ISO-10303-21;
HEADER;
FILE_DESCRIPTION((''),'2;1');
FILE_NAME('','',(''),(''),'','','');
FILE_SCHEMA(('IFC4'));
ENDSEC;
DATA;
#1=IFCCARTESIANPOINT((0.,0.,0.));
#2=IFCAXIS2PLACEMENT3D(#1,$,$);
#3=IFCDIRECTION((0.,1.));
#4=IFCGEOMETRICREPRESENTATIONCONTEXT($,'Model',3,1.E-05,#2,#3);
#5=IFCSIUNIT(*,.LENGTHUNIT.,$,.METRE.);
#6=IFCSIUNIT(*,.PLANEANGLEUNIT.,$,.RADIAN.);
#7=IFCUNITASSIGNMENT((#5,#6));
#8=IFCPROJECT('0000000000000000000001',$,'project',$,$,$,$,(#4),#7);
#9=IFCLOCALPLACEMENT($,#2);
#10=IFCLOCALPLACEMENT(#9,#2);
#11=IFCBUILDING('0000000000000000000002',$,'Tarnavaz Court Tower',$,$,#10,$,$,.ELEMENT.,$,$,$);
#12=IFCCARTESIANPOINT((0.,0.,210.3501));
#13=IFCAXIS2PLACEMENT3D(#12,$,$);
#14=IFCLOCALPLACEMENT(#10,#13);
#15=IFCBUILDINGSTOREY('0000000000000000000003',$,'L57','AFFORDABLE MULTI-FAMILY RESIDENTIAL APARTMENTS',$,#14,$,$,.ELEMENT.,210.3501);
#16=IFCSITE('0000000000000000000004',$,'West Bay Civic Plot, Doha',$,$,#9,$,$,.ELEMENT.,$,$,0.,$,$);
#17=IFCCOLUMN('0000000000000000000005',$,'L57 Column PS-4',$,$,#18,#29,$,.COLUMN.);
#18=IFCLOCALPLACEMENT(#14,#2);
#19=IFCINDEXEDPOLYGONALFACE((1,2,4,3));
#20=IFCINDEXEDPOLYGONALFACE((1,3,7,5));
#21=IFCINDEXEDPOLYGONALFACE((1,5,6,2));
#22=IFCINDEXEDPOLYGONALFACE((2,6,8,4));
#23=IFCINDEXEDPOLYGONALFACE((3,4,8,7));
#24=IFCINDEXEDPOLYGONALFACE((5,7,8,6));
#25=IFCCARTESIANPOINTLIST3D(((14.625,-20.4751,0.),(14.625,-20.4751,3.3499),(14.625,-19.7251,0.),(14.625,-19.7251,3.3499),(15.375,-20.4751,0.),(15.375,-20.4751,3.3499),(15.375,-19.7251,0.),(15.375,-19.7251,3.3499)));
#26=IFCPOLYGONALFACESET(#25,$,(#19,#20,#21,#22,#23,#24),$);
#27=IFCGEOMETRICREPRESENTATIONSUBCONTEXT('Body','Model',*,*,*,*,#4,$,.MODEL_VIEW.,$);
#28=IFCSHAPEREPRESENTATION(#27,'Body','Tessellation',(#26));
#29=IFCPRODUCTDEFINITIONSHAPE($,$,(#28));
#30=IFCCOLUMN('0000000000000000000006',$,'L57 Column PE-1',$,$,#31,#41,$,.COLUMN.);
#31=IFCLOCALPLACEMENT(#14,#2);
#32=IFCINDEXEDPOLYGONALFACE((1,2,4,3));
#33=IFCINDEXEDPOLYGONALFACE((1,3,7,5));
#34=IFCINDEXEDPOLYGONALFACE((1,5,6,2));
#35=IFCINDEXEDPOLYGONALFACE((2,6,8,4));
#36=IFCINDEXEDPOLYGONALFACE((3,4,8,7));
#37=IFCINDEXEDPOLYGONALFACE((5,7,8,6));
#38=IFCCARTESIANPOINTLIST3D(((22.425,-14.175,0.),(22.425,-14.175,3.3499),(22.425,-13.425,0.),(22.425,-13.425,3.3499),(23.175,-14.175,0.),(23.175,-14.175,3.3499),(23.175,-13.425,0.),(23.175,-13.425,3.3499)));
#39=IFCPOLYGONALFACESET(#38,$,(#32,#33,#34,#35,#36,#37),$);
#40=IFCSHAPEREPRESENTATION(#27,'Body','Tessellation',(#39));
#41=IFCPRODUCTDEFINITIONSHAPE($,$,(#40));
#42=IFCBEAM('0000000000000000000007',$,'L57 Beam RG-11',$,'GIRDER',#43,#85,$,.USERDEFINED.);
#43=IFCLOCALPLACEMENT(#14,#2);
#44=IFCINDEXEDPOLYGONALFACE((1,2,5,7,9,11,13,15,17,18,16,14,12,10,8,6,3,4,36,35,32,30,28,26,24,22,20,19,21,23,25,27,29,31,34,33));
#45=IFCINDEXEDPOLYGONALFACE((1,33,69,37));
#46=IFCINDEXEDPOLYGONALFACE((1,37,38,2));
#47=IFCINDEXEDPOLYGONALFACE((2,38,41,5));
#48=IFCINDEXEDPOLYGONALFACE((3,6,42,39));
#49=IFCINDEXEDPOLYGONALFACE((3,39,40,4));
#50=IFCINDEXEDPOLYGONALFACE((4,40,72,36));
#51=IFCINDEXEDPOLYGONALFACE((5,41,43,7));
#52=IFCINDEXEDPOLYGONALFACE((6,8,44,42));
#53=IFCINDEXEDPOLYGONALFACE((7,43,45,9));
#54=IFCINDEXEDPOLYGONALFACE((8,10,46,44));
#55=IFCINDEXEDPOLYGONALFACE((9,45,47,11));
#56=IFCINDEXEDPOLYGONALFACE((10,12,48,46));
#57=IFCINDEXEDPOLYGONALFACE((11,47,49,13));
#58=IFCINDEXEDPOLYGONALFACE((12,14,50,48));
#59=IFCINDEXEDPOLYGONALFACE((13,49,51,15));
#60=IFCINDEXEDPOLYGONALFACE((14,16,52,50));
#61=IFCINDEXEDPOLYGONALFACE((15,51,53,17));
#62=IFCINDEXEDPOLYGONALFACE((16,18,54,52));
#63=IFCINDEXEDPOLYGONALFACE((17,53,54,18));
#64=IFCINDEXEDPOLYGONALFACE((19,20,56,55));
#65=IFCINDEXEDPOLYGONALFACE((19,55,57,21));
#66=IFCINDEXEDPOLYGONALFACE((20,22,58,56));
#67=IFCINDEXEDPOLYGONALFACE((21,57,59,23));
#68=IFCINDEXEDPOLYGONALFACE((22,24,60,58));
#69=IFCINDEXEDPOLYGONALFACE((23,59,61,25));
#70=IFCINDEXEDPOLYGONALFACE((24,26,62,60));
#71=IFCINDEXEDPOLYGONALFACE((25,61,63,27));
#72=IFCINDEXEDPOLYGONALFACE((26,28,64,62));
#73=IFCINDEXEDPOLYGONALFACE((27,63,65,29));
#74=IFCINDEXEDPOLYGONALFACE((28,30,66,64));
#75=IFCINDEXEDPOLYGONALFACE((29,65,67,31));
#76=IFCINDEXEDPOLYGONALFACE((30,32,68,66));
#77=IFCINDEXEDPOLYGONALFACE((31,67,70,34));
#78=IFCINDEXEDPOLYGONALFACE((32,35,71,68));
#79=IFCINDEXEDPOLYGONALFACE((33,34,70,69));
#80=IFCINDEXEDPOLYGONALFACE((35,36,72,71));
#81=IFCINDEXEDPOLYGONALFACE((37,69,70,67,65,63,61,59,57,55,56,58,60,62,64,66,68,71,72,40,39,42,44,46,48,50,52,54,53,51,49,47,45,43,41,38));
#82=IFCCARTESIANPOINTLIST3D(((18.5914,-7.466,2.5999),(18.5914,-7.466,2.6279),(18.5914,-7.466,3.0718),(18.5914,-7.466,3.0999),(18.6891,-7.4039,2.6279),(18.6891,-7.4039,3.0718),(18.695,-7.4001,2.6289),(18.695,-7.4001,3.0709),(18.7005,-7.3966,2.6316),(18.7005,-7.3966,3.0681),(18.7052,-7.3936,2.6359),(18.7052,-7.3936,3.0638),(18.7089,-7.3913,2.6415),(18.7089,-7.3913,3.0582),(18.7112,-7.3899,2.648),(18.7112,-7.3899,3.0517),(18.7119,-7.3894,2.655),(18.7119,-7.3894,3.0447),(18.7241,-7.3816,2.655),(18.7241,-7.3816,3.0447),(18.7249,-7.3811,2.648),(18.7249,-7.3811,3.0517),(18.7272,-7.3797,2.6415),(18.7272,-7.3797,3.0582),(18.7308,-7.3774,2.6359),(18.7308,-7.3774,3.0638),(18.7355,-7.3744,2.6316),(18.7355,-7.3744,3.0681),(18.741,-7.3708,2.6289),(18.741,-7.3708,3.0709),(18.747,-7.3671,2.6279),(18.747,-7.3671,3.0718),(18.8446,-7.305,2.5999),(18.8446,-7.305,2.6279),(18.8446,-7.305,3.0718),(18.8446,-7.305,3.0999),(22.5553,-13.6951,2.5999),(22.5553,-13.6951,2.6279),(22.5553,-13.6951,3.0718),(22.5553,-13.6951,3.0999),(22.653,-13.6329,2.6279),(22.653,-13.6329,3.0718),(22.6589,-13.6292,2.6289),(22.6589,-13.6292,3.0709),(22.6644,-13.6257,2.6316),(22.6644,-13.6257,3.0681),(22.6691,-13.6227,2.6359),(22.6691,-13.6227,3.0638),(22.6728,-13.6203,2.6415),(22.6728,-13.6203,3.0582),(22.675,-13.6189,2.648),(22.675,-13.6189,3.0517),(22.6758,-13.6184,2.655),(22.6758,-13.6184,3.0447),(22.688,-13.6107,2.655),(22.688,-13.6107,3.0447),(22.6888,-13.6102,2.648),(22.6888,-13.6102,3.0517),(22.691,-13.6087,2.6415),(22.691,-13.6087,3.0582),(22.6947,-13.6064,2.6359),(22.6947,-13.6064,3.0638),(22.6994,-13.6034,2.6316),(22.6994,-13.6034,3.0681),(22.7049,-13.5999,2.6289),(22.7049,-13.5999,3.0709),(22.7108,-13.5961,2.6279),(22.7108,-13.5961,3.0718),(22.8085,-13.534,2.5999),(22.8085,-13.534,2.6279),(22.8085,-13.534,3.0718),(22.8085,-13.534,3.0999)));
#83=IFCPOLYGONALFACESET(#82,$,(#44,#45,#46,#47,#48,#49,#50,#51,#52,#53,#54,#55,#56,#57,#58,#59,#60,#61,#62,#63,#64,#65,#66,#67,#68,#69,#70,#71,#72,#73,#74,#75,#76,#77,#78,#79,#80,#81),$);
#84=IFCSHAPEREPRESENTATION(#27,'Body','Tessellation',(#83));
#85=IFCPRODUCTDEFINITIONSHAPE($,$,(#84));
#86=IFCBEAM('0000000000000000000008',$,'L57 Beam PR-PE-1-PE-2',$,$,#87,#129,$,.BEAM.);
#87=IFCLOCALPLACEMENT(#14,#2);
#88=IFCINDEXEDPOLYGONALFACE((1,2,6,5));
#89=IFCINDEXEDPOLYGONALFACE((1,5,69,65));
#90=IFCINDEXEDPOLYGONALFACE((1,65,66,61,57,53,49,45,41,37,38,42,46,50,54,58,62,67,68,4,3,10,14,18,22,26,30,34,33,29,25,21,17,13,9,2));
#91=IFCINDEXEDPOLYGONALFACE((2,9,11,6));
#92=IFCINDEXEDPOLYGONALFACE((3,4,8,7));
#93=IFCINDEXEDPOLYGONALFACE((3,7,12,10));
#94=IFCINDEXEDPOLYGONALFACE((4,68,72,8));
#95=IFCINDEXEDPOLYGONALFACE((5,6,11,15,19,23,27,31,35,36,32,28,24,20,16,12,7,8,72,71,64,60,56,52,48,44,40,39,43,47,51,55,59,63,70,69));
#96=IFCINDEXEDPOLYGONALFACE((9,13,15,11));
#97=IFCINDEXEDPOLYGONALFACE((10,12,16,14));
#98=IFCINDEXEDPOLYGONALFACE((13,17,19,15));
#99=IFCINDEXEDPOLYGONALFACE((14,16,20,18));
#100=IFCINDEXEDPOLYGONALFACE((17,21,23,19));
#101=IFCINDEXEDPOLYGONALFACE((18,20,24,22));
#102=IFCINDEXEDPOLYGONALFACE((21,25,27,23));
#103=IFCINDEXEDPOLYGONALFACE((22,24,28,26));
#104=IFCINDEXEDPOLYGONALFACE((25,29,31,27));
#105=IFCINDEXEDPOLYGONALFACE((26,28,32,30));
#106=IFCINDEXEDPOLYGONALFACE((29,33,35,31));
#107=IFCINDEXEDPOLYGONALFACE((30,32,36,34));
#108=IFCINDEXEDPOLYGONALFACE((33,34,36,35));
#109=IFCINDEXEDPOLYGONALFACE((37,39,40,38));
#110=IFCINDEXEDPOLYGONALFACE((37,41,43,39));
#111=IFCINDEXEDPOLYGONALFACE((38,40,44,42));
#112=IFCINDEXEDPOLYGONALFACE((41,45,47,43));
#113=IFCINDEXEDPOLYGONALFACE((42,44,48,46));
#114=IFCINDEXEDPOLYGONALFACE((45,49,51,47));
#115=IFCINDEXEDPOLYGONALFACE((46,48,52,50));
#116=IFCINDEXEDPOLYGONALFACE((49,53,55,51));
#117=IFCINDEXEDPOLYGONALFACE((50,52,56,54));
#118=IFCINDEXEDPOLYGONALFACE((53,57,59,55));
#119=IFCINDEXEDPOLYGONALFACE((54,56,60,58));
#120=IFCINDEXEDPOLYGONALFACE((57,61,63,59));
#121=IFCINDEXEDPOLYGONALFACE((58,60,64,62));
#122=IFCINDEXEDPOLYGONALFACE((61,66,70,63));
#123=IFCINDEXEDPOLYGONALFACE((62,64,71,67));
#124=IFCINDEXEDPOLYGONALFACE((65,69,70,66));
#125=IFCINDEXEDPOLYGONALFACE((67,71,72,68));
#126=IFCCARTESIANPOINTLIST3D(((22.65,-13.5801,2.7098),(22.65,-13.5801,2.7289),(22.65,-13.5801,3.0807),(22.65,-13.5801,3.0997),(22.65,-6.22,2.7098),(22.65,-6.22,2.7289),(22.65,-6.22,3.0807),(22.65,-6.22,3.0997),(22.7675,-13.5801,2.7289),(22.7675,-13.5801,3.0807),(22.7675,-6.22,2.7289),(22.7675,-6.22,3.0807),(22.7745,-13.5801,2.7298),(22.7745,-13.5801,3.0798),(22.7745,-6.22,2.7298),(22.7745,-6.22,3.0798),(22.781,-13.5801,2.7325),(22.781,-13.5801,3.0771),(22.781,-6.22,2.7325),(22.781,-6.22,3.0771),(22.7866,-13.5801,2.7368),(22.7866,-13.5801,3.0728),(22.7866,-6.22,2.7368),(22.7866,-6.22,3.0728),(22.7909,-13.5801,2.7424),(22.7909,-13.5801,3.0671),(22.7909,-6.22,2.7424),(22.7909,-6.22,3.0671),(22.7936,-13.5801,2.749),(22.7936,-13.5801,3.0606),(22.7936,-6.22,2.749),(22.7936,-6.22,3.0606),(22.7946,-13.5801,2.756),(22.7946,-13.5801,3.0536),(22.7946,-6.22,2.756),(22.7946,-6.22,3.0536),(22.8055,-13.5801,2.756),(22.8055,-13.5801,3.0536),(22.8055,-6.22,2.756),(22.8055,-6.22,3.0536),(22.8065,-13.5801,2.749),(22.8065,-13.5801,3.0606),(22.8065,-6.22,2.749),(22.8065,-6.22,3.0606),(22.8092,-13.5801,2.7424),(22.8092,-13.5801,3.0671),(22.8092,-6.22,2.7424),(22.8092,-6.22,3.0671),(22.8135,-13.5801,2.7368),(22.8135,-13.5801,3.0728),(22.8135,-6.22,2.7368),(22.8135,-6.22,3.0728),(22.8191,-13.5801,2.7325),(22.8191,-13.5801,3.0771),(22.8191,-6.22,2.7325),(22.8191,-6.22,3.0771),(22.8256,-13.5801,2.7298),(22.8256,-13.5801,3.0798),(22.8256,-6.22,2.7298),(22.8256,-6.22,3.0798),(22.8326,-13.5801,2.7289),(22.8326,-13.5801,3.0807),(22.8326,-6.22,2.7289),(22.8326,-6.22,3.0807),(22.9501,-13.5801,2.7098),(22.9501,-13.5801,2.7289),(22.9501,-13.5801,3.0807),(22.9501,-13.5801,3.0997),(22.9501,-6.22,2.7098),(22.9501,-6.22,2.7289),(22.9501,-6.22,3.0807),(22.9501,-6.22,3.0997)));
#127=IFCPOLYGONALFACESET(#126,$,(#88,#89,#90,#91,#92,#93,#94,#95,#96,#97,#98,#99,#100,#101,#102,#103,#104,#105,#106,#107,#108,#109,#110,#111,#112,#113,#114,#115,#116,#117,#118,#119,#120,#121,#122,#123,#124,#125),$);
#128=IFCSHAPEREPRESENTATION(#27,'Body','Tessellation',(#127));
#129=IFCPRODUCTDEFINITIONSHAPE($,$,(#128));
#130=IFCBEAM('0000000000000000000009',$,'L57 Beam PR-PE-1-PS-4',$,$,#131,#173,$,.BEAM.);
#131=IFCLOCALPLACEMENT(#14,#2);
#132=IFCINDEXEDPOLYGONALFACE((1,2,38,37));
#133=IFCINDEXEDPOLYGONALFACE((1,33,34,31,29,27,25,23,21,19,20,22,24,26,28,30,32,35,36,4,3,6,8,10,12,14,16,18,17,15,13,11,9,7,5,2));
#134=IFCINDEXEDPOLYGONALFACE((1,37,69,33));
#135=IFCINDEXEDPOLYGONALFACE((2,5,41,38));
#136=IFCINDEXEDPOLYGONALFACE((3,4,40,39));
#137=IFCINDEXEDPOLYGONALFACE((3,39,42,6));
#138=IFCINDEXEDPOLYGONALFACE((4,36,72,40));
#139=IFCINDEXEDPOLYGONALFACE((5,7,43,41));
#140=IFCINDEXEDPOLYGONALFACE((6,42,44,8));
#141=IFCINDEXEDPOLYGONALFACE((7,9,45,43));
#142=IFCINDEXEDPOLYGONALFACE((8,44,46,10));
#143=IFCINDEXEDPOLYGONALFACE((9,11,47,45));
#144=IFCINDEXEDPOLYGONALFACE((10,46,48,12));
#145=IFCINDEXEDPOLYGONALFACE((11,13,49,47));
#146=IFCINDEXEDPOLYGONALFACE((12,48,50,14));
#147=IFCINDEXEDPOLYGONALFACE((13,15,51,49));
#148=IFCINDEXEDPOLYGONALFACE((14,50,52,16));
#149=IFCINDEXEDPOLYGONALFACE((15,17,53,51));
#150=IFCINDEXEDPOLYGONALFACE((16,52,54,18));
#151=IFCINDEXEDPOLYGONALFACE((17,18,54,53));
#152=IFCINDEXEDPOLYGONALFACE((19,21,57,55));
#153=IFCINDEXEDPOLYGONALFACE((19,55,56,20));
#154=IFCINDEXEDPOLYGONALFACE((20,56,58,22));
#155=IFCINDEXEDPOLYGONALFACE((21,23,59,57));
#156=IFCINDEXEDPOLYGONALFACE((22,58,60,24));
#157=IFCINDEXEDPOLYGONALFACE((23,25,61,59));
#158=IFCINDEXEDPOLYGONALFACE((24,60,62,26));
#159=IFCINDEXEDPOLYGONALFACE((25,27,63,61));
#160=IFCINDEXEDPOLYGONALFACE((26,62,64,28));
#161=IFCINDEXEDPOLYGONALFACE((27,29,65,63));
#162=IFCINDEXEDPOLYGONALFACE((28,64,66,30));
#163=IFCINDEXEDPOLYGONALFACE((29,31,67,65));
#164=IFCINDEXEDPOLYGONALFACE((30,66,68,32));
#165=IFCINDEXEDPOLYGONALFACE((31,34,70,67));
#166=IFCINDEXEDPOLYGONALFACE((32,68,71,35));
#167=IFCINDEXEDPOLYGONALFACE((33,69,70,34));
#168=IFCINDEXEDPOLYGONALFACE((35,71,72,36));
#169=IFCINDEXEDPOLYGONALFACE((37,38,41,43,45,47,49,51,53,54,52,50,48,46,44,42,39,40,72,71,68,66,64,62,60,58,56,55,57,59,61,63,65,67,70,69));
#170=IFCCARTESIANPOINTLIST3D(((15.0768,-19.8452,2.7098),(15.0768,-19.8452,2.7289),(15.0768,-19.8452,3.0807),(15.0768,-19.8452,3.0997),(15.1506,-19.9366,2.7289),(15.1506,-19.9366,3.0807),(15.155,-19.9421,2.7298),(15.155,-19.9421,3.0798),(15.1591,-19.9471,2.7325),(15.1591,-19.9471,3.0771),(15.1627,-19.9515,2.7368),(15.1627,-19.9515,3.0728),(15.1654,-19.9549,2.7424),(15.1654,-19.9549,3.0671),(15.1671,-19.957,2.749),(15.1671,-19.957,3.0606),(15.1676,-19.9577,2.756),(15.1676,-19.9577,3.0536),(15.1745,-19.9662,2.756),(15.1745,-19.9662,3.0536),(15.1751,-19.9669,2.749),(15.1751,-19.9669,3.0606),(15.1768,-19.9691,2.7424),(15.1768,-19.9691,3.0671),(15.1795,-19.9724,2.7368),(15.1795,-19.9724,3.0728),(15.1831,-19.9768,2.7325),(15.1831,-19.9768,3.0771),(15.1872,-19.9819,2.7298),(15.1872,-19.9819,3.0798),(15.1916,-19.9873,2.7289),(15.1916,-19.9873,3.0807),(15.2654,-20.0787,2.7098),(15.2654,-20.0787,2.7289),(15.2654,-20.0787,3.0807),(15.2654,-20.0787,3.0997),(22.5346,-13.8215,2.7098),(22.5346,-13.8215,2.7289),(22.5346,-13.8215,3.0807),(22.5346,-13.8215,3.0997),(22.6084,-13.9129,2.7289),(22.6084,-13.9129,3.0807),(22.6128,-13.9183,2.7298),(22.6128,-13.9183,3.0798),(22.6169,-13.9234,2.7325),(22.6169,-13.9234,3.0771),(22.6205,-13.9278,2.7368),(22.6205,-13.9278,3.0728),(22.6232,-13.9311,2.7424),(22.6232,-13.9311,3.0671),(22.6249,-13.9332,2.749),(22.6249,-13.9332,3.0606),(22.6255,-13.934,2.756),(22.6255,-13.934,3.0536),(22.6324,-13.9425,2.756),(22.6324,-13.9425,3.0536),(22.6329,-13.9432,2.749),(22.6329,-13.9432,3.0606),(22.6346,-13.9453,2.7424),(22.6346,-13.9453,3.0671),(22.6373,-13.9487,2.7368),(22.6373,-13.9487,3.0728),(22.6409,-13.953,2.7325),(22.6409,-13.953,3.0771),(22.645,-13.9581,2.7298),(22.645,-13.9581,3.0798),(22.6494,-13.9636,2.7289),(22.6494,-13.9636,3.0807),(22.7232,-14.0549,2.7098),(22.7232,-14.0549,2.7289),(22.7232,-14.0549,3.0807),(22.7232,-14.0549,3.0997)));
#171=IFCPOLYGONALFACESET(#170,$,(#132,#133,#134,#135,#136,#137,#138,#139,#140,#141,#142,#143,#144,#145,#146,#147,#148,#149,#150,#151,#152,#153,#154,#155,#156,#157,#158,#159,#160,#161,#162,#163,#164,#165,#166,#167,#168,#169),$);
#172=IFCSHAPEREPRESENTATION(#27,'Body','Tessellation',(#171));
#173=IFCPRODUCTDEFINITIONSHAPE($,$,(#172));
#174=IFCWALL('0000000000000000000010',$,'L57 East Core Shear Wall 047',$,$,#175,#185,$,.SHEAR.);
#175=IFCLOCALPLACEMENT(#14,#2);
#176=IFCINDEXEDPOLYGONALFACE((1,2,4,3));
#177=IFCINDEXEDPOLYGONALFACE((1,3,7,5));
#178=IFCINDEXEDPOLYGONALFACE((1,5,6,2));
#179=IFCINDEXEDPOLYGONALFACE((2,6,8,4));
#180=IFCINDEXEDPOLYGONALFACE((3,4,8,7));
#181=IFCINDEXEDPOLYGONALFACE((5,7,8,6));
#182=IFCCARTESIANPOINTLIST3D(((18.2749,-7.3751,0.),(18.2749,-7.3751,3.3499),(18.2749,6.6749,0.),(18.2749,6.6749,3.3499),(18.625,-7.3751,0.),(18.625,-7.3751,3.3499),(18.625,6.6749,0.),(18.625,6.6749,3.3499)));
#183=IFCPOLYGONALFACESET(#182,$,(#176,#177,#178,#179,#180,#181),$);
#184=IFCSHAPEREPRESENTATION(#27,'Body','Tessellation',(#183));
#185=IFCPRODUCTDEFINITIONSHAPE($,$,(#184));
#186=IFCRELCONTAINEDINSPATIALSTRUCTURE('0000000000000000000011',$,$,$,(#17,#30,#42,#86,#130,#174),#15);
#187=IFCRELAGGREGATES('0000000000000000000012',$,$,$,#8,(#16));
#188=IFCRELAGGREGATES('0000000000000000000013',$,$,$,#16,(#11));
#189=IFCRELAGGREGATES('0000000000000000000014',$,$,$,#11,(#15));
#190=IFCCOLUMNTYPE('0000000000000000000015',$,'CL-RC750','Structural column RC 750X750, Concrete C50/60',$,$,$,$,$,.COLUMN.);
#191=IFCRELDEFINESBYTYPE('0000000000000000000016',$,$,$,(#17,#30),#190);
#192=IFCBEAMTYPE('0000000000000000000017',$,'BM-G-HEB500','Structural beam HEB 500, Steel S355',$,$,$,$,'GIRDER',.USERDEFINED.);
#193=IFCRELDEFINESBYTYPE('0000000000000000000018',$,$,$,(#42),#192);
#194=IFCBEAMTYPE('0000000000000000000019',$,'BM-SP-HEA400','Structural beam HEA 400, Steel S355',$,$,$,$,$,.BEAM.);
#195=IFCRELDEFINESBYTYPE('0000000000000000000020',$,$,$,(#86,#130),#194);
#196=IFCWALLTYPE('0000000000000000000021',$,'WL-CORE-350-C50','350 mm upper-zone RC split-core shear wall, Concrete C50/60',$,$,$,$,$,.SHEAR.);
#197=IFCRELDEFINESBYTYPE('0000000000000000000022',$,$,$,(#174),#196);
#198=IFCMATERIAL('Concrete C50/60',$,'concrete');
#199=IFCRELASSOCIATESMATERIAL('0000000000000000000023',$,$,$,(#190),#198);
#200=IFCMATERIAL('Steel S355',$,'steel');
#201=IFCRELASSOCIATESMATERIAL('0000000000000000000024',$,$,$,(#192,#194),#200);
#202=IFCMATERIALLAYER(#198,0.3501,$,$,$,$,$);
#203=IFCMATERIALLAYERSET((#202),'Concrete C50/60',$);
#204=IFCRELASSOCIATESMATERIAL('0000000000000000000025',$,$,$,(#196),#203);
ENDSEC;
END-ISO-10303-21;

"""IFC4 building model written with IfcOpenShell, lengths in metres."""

from ifc_helpers import new_model, si_unit, direction, frame, frame_2d, origin, origin_2d, place, context, subcontext, project, spatial, rectangle, i_section, extrude, material, layer, layer_set, material_profile, profile_set, type_object, element, save


model = new_model("IFC4")

# Units and contexts
model_context = context("Model", 3, precision=1e-05, world=origin(), true_north=direction((0.0, 1.0)))
body_context = subcontext(model_context, "Body", "Model", "MODEL_VIEW")
ifc_project = project(units=[si_unit("LENGTHUNIT", "METRE"), si_unit("PLANEANGLEUNIT", "RADIAN")], contexts=[model_context])

# Site, building, storey
site_placement = place(None, origin())
site = spatial("IfcSite", under=ifc_project, at=site_placement, Name="West Bay Civic Plot, Doha", CompositionType="ELEMENT", RefElevation=0.0)
building_placement = place(site_placement, origin())
building = spatial("IfcBuilding", under=site, at=building_placement, Name="Tarnavaz Court Tower", CompositionType="ELEMENT")
storey_placement = place(building_placement, frame((0.0, 0.0, 210.3501)))
storey = spatial("IfcBuildingStorey", under=building, at=storey_placement, Name="L57", Description="AFFORDABLE MULTI-FAMILY RESIDENTIAL APARTMENTS", CompositionType="ELEMENT", Elevation=210.3501)

# Columns
ifc_material_1 = material(Name="Concrete C50/60", Category="concrete")
ifc_material_profile_1 = material_profile(ifc_material_1, rectangle(XDim=0.75, YDim=0.75, at=origin_2d()), Name="RC 750X750")
ifc_profile_set_1 = profile_set([ifc_material_profile_1], Name="Concrete C50/60")
column_type = type_object("IfcColumnType", Name="CL-RC750", Description="Structural column RC 750X750, Concrete C50/60", PredefinedType="COLUMN", material=ifc_profile_set_1)
for number, where, z_axis, x_axis, name in (
    (1, (15.0, -20.1001, 0.0), (0.0, 0.0, 1.0), (1.0, 0.0, 0.0), "L57 Column PS-4"),
    (2, (22.8, -13.8, 0.0), (0.0, 0.0, 1.0), (1.0, 0.0, 0.0), "L57 Column PE-1"),
):
    element("IfcColumn", number, at=place(storey_placement, frame(where, z_axis=z_axis, x_axis=x_axis)), inside=storey, type_object=column_type, Name=name, PredefinedType="COLUMN", context=body_context, shape_type="SweptSolid", body=[
        extrude(rectangle(XDim=0.75, YDim=0.75, at=origin_2d()), origin(), (0.0, 0.0, 1.0), 3.3499),
    ])

# Beams
ifc_material_2 = material(Name="Steel S355", Category="steel")
ifc_material_profile_2 = material_profile(ifc_material_2, i_section(OverallWidth=0.3, OverallDepth=0.5, WebThickness=0.0144, FlangeThickness=0.0281, FilletRadius=0.0271, at=origin_2d()), Name="HEB 500")
ifc_profile_set_2 = profile_set([ifc_material_profile_2], Name="Steel S355")
beam_type_1 = type_object("IfcBeamType", Name="BM-G-HEB500", Description="Structural beam HEB 500, Steel S355", ElementType="GIRDER", PredefinedType="USERDEFINED", material=ifc_profile_set_2)
beam_1_placement = place(storey_placement, frame((18.718, -7.3855, 2.8499), z_axis=(0.536871, -0.843664, 0.0), x_axis=(0.843664, 0.536871, 0.0)))
element("IfcBeam", 3, at=beam_1_placement, inside=storey, type_object=beam_type_1, Name="L57 Beam RG-11", ObjectType="GIRDER", PredefinedType="USERDEFINED", context=body_context, shape_type="SweptSolid", body=[
    extrude(i_section(OverallWidth=0.3, OverallDepth=0.5, WebThickness=0.0144, FlangeThickness=0.0281, FilletRadius=0.0271, at=origin_2d()), origin(), (0.0, 0.0, 1.0), 7.3833),
])
ifc_material_profile_3 = material_profile(ifc_material_2, i_section(OverallWidth=0.3, OverallDepth=0.3899, WebThickness=0.011, FlangeThickness=0.019, FilletRadius=0.0271, at=origin_2d()), Name="HEA 400")
ifc_profile_set_3 = profile_set([ifc_material_profile_3], Name="Steel S355")
beam_type_2 = type_object("IfcBeamType", Name="BM-SP-HEA400", Description="Structural beam HEA 400, Steel S355", PredefinedType="BEAM", material=ifc_profile_set_3)
beam_2_placement = place(storey_placement, frame((22.8, -13.5801, 2.9048), z_axis=(0.0, 1.0, 0.0), x_axis=(-1.0, 0.0, 0.0)))
element("IfcBeam", 4, at=beam_2_placement, inside=storey, type_object=beam_type_2, Name="L57 Beam PR-PE-1-PE-2", PredefinedType="BEAM", context=body_context, shape_type="SweptSolid", body=[
    extrude(i_section(OverallWidth=0.3, OverallDepth=0.3899, WebThickness=0.011, FlangeThickness=0.019, FilletRadius=0.0271, at=origin_2d()), origin(), (0.0, 0.0, 1.0), 7.3601),
])
beam_3_placement = place(storey_placement, frame((22.6289, -13.9382, 2.9048), z_axis=(-0.777936, -0.628344, 0.0), x_axis=(0.628344, -0.777936, 0.0)))
element("IfcBeam", 5, at=beam_3_placement, inside=storey, type_object=beam_type_2, Name="L57 Beam PR-PE-1-PS-4", PredefinedType="BEAM", context=body_context, shape_type="SweptSolid", body=[
    extrude(i_section(OverallWidth=0.3, OverallDepth=0.3899, WebThickness=0.011, FlangeThickness=0.019, FilletRadius=0.0271, at=origin_2d()), origin(), (0.0, 0.0, 1.0), 9.5867),
])

# Wall
ifc_layer_1 = layer(ifc_material_1, 0.3501)
ifc_layer_set_1 = layer_set([ifc_layer_1], Name="Concrete C50/60")
wall_type_1 = type_object("IfcWallType", Name="WL-CORE-350-C50", Description="350 mm upper-zone RC split-core shear wall, Concrete C50/60", PredefinedType="SHEAR", material=ifc_layer_set_1)
wall_1_placement = place(storey_placement, frame((18.45, -7.375, 0.0), z_axis=(0.0, 0.0, 1.0), x_axis=(0.0, 1.0, 0.0)))
element("IfcWall", 6, at=wall_1_placement, inside=storey, type_object=wall_type_1, Name="L57 East Core Shear Wall 047", PredefinedType="SHEAR", context=body_context, shape_type="SweptSolid", body=[
    extrude(rectangle(XDim=14.05, YDim=0.3501, at=frame_2d((7.0249, 0.0))), origin(), (0.0, 0.0, 1.0), 3.3499),
])

save(model, "model.ifc")
